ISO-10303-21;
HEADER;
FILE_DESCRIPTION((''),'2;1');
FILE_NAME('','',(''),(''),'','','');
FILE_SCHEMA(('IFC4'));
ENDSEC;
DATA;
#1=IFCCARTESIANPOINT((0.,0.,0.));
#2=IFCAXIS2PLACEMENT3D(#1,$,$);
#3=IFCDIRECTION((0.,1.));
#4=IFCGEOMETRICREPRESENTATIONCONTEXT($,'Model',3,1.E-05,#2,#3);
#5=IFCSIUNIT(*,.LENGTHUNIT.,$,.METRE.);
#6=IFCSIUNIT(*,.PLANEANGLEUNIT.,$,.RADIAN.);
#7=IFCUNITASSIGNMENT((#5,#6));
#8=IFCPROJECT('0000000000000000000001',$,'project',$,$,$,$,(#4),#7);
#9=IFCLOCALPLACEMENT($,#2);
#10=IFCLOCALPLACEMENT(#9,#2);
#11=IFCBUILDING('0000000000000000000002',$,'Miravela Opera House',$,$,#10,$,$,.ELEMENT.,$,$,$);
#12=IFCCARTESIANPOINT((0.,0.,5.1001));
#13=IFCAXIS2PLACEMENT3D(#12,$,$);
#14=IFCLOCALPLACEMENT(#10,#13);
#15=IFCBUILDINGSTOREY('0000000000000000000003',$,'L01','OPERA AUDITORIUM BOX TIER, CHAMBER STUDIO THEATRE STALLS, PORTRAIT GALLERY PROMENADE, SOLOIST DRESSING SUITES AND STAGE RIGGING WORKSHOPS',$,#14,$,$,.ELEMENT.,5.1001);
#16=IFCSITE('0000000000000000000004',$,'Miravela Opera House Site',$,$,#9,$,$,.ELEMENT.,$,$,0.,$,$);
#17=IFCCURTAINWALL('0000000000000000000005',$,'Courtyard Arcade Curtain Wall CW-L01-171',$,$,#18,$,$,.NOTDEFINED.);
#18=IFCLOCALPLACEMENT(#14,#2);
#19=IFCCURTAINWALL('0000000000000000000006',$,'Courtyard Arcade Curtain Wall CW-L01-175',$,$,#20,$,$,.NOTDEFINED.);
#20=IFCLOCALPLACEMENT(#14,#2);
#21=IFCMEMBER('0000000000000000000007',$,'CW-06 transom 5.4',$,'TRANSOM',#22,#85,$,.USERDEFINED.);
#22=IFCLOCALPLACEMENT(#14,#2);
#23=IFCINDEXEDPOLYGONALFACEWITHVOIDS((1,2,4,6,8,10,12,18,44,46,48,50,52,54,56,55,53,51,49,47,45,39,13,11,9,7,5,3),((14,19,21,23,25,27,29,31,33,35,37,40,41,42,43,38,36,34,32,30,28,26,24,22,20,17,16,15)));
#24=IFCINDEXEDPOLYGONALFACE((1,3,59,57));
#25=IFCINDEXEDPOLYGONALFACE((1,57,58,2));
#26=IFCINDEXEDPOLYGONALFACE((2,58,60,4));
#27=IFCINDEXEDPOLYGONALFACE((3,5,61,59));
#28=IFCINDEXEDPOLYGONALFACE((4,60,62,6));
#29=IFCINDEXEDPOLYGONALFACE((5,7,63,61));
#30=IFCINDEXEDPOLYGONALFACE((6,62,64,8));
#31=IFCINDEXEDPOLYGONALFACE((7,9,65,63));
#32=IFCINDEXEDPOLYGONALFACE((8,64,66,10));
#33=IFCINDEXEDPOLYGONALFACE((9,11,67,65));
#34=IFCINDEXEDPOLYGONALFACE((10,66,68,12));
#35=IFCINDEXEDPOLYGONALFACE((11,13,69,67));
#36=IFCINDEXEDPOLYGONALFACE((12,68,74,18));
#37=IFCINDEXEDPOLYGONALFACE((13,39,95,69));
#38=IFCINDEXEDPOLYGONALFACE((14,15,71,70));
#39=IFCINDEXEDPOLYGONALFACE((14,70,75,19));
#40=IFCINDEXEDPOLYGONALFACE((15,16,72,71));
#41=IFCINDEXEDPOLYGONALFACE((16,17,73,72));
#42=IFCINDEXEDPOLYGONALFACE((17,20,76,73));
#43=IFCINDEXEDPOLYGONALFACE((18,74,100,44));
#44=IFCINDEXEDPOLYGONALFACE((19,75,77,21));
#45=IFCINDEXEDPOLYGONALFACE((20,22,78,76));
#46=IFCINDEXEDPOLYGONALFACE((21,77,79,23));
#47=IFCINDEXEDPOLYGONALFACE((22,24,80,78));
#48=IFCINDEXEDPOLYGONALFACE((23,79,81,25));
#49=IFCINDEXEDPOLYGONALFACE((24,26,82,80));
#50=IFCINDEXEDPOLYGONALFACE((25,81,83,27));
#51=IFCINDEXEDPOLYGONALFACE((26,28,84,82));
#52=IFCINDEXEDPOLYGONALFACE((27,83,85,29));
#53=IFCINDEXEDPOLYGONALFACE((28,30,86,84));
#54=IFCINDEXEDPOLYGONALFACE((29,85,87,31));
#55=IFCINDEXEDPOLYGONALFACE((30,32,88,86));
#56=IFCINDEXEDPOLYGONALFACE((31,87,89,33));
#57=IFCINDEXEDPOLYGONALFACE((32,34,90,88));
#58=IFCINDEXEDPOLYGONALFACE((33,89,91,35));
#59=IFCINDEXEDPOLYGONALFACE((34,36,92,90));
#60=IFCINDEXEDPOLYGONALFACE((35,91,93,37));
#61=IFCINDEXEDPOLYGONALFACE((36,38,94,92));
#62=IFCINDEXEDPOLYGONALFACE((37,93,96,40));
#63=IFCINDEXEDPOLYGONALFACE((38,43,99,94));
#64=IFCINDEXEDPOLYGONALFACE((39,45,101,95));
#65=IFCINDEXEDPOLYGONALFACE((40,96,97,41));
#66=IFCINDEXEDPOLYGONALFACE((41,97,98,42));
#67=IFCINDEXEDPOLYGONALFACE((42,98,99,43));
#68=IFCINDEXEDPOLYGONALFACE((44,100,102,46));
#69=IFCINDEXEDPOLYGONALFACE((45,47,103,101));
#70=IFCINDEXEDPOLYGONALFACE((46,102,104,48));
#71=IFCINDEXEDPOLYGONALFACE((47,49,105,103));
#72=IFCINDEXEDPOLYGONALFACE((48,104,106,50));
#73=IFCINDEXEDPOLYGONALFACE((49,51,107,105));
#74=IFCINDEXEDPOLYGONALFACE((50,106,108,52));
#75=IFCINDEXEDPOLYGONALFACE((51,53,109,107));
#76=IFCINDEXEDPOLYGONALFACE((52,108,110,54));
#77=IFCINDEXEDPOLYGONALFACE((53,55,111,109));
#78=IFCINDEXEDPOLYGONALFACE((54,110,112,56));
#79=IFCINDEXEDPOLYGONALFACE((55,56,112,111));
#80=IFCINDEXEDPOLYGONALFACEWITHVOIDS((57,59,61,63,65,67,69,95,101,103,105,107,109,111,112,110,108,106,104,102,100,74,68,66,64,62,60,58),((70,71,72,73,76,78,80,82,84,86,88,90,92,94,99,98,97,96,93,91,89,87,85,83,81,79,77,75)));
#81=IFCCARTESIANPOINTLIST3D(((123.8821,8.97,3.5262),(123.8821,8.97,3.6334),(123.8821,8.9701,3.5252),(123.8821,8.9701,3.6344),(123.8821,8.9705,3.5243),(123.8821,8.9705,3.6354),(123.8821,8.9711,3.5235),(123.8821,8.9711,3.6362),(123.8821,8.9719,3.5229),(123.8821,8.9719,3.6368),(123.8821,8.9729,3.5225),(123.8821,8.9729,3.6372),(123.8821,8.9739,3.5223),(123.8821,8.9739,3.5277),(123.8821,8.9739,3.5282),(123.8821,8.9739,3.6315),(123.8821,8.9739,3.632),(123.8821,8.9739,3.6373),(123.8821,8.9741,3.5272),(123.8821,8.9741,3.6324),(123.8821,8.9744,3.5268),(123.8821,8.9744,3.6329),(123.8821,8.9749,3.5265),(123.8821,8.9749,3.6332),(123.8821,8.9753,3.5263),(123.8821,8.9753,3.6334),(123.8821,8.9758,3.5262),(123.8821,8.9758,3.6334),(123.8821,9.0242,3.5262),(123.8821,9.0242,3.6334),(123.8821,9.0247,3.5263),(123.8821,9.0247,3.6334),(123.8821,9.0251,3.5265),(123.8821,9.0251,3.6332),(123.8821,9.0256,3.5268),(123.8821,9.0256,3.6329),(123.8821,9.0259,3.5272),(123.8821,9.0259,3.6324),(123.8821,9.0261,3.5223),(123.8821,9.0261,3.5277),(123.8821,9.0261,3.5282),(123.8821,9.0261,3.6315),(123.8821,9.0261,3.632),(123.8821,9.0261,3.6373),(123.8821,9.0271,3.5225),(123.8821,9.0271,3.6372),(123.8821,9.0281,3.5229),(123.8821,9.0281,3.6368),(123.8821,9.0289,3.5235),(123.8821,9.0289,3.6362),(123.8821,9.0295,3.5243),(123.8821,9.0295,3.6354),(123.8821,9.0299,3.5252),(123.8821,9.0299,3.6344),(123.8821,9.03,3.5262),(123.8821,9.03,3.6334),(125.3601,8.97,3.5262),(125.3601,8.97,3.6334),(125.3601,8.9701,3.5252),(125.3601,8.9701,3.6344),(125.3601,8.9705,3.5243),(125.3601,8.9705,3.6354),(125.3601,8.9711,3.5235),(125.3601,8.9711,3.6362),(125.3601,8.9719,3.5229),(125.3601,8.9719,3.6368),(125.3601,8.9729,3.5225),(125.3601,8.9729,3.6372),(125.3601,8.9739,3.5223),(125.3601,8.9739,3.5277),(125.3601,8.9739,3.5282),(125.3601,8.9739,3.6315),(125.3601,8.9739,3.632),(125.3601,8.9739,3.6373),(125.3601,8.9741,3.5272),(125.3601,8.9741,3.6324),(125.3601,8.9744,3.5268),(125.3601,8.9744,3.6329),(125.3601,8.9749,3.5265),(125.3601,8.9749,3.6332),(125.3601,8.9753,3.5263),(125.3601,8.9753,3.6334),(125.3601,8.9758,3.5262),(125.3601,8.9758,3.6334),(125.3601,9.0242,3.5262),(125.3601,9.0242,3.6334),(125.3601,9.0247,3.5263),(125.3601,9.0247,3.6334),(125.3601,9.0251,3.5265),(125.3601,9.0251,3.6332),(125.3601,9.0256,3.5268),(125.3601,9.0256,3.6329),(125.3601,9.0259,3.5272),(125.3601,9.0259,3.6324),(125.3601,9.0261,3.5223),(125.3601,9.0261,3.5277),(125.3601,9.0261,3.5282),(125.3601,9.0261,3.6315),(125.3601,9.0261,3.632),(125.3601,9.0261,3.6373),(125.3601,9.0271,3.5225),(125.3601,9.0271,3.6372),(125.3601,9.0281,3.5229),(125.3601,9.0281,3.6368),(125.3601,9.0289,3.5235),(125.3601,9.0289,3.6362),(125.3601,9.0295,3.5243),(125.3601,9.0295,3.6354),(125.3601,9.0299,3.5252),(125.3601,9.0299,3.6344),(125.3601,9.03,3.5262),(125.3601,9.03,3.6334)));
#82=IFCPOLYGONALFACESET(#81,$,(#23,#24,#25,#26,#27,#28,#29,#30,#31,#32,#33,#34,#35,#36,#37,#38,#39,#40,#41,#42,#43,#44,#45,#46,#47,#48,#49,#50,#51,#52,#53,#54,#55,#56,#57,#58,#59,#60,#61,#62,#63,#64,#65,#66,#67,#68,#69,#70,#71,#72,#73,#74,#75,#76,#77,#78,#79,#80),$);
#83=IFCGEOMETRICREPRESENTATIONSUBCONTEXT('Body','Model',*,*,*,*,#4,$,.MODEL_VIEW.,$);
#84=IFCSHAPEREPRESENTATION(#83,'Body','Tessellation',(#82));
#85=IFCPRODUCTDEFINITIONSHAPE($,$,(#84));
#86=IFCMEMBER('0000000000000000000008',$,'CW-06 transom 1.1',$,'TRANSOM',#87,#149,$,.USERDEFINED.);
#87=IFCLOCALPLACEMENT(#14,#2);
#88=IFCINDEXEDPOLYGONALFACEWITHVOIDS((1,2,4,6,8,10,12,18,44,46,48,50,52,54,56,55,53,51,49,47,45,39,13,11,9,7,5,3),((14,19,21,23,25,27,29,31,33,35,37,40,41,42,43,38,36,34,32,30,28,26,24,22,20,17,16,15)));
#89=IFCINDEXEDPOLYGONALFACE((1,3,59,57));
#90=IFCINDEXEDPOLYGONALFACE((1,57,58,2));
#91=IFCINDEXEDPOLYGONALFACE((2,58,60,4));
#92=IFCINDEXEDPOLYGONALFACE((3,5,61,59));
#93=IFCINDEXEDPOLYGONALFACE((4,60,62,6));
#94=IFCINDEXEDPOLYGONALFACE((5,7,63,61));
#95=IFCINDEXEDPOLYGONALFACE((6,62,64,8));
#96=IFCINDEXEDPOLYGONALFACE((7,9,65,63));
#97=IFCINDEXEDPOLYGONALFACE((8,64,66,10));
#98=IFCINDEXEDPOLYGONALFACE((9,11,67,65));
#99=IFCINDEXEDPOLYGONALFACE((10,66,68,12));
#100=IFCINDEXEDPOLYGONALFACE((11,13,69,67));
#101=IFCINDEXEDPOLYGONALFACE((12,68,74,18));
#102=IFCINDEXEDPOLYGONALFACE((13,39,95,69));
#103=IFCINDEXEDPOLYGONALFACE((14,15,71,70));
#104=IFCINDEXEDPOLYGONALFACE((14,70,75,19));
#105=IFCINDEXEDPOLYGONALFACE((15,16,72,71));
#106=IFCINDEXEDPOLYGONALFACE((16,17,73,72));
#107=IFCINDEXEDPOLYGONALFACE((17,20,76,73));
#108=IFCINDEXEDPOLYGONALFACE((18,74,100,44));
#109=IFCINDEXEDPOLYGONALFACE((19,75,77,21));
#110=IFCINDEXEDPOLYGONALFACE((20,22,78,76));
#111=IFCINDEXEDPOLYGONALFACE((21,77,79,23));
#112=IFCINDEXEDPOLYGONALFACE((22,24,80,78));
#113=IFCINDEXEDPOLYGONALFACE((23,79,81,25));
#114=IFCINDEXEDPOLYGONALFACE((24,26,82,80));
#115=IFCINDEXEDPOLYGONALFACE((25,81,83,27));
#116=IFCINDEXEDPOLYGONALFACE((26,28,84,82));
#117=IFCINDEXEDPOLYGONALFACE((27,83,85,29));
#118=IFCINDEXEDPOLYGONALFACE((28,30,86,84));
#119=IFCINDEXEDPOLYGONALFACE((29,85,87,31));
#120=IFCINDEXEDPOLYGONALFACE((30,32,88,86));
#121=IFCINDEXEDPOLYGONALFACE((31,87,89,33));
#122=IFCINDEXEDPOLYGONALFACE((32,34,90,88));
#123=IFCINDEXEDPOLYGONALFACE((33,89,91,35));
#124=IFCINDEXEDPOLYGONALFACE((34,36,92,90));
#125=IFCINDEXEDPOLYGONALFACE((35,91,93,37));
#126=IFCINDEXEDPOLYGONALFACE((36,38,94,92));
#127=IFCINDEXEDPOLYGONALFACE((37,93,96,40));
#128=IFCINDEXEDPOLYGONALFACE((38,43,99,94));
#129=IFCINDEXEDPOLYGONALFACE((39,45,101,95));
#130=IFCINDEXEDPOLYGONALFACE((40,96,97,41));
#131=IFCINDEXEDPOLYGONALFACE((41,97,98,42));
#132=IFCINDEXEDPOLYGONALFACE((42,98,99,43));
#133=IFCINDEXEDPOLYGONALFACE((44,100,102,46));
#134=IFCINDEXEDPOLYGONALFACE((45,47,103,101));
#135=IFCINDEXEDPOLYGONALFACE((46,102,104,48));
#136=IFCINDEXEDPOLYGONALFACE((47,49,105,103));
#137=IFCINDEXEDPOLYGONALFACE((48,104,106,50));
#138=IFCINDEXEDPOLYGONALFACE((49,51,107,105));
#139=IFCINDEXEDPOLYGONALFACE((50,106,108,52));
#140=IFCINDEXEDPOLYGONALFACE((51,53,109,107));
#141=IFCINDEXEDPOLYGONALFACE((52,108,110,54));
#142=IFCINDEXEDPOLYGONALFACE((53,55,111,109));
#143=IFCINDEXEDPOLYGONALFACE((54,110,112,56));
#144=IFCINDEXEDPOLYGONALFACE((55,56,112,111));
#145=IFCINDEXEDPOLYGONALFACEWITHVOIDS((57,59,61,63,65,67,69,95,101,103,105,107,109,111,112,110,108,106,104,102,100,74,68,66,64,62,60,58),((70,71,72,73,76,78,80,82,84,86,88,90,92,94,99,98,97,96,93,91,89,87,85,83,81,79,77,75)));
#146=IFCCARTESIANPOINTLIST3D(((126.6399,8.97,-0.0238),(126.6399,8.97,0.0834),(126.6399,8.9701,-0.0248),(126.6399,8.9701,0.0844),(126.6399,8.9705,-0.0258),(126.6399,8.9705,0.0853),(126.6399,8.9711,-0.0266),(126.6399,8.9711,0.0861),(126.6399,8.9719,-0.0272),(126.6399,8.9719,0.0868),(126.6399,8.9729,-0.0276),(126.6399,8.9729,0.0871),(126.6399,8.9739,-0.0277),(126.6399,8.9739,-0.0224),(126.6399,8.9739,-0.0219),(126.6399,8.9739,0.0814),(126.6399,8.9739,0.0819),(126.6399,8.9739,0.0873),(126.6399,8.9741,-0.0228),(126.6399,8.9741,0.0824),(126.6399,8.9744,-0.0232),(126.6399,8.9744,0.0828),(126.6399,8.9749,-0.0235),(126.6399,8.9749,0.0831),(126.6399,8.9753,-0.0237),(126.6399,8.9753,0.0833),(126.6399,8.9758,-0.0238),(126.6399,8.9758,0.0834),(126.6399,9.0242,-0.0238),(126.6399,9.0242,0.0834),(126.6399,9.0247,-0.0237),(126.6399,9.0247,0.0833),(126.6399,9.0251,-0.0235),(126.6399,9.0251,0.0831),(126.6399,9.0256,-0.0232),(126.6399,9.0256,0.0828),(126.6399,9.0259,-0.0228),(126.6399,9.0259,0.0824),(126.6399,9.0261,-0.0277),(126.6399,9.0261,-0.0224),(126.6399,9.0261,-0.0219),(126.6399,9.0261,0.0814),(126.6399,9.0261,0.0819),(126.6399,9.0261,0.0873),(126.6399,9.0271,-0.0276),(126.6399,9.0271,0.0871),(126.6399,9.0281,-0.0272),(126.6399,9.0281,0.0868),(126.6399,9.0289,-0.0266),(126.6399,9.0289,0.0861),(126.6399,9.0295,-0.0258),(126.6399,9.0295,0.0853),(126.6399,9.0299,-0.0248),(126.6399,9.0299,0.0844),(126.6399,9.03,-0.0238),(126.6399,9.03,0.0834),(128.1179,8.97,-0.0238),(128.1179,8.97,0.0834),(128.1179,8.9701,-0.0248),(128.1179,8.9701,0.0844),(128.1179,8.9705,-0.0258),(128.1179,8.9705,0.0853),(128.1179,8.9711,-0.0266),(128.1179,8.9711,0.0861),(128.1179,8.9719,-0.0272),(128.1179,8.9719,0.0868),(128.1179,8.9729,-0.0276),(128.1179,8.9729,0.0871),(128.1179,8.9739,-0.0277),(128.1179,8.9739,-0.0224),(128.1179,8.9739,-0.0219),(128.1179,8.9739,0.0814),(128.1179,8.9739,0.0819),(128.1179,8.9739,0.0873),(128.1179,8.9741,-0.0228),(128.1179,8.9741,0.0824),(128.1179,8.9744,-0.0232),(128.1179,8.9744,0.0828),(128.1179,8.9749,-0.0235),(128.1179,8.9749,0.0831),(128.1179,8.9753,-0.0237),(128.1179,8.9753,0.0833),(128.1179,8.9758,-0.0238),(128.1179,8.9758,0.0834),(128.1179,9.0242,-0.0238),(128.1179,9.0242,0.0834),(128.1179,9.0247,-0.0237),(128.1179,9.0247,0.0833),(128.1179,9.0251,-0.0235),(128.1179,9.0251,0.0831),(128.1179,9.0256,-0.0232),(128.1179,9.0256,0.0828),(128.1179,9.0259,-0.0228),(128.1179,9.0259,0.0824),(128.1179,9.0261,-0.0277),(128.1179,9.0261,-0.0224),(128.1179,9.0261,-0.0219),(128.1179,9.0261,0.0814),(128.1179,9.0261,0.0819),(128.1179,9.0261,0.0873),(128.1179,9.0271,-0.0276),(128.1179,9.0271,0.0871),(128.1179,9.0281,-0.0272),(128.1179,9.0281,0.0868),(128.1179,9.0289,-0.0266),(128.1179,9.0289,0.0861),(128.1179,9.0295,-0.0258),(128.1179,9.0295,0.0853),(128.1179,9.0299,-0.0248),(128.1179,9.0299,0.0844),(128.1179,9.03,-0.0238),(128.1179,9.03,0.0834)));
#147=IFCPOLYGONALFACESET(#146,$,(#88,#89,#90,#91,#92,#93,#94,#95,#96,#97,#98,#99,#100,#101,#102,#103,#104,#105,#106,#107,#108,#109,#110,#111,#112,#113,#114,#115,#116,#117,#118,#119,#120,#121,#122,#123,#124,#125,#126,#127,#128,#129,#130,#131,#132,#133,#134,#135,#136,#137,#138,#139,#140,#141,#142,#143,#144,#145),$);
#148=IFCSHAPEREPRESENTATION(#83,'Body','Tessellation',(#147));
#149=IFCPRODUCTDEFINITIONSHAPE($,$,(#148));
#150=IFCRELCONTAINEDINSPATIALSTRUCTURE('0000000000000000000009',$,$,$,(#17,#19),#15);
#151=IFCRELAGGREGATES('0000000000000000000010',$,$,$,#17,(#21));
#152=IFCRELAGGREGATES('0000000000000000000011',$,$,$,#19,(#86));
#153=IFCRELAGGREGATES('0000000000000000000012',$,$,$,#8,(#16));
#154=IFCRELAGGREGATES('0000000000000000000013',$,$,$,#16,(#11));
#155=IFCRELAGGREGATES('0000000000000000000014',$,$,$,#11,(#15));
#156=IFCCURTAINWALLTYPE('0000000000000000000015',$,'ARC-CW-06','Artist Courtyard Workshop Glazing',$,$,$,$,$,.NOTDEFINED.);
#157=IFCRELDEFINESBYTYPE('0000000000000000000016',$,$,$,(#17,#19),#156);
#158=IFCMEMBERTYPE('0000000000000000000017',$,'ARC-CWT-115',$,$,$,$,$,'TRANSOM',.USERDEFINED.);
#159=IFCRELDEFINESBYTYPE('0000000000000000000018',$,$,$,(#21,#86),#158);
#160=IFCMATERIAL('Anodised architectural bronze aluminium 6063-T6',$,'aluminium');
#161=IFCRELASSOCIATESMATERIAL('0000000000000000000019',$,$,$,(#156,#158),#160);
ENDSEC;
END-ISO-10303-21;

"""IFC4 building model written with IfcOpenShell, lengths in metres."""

from ifc_helpers import new_model, si_unit, direction, frame, origin, origin_2d, place, context, subcontext, project, spatial, hollow_rectangle, extrude, material, material_profile, profile_set, type_object, element, aggregate, save


model = new_model("IFC4")

# Units and contexts
model_context = context("Model", 3, precision=1e-05, world=origin(), true_north=direction((0.0, 1.0)))
body_context = subcontext(model_context, "Body", "Model", "MODEL_VIEW")
ifc_project = project(units=[si_unit("LENGTHUNIT", "METRE"), si_unit("PLANEANGLEUNIT", "RADIAN")], contexts=[model_context])

# Site, building, storey
site_placement = place(None, origin())
site = spatial("IfcSite", under=ifc_project, at=site_placement, Name="Miravela Opera House Site", CompositionType="ELEMENT", RefElevation=0.0)
building_placement = place(site_placement, origin())
building = spatial("IfcBuilding", under=site, at=building_placement, Name="Miravela Opera House", CompositionType="ELEMENT")
storey_placement = place(building_placement, frame((0.0, 0.0, 5.1001)))
storey = spatial("IfcBuildingStorey", under=building, at=storey_placement, Name="L01", Description="OPERA AUDITORIUM BOX TIER, CHAMBER STUDIO THEATRE STALLS, PORTRAIT GALLERY PROMENADE, SOLOIST DRESSING SUITES AND STAGE RIGGING WORKSHOPS", CompositionType="ELEMENT", Elevation=5.1001)

# Curtain wall
ifc_material_1 = material(Name="Anodised architectural bronze aluminium 6063-T6", Category="aluminium")
curtain_wall_type = type_object("IfcCurtainWallType", Name="ARC-CW-06", Description="Artist Courtyard Workshop Glazing", PredefinedType="NOTDEFINED", material=ifc_material_1)
curtain_wall_1_placement = place(storey_placement, origin())
curtain_wall_1 = element("IfcCurtainWall", 1, at=curtain_wall_1_placement, inside=storey, type_object=curtain_wall_type, Name="Courtyard Arcade Curtain Wall CW-L01-171", PredefinedType="NOTDEFINED")

# Curtain wall
curtain_wall_2_placement = place(storey_placement, origin())
curtain_wall_2 = element("IfcCurtainWall", 2, at=curtain_wall_2_placement, inside=storey, type_object=curtain_wall_type, Name="Courtyard Arcade Curtain Wall CW-L01-175", PredefinedType="NOTDEFINED")

# Members
ifc_material_profile_1 = material_profile(ifc_material_1, hollow_rectangle(XDim=0.0601, YDim=0.115, WallThickness=0.0039, InnerFilletRadius=0.002, OuterFilletRadius=0.0039, at=origin_2d()), Name="CWT-60X115")
ifc_profile_set_1 = profile_set([ifc_material_profile_1])
member_type_1 = type_object("IfcMemberType", Name="ARC-CWT-115", ElementType="TRANSOM", PredefinedType="USERDEFINED", material=ifc_profile_set_1)
member_1_placement = place(storey_placement, frame((123.8821, 9.0, 3.5798), z_axis=(1.0, 0.0, 0.0), x_axis=(0.0, 1.0, 0.0)))
member_1 = element("IfcMember", 3, at=member_1_placement, type_object=member_type_1, Name="CW-06 transom 5.4", ObjectType="TRANSOM", PredefinedType="USERDEFINED", context=body_context, shape_type="SweptSolid", body=[
    extrude(hollow_rectangle(XDim=0.0601, YDim=0.115, WallThickness=0.0039, InnerFilletRadius=0.002, OuterFilletRadius=0.0039, at=origin_2d()), origin(), (0.0, 0.0, 1.0), 1.478),
])
member_2_placement = place(storey_placement, frame((126.6399, 9.0, 0.0298), z_axis=(1.0, 0.0, 0.0), x_axis=(0.0, 1.0, 0.0)))
member_2 = element("IfcMember", 4, at=member_2_placement, type_object=member_type_1, Name="CW-06 transom 1.1", ObjectType="TRANSOM", PredefinedType="USERDEFINED", context=body_context, shape_type="SweptSolid", body=[
    extrude(hollow_rectangle(XDim=0.0601, YDim=0.115, WallThickness=0.0039, InnerFilletRadius=0.002, OuterFilletRadius=0.0039, at=origin_2d()), origin(), (0.0, 0.0, 1.0), 1.478),
])

aggregate(curtain_wall_1, [member_1])
aggregate(curtain_wall_2, [member_2])

save(model, "model.ifc")
